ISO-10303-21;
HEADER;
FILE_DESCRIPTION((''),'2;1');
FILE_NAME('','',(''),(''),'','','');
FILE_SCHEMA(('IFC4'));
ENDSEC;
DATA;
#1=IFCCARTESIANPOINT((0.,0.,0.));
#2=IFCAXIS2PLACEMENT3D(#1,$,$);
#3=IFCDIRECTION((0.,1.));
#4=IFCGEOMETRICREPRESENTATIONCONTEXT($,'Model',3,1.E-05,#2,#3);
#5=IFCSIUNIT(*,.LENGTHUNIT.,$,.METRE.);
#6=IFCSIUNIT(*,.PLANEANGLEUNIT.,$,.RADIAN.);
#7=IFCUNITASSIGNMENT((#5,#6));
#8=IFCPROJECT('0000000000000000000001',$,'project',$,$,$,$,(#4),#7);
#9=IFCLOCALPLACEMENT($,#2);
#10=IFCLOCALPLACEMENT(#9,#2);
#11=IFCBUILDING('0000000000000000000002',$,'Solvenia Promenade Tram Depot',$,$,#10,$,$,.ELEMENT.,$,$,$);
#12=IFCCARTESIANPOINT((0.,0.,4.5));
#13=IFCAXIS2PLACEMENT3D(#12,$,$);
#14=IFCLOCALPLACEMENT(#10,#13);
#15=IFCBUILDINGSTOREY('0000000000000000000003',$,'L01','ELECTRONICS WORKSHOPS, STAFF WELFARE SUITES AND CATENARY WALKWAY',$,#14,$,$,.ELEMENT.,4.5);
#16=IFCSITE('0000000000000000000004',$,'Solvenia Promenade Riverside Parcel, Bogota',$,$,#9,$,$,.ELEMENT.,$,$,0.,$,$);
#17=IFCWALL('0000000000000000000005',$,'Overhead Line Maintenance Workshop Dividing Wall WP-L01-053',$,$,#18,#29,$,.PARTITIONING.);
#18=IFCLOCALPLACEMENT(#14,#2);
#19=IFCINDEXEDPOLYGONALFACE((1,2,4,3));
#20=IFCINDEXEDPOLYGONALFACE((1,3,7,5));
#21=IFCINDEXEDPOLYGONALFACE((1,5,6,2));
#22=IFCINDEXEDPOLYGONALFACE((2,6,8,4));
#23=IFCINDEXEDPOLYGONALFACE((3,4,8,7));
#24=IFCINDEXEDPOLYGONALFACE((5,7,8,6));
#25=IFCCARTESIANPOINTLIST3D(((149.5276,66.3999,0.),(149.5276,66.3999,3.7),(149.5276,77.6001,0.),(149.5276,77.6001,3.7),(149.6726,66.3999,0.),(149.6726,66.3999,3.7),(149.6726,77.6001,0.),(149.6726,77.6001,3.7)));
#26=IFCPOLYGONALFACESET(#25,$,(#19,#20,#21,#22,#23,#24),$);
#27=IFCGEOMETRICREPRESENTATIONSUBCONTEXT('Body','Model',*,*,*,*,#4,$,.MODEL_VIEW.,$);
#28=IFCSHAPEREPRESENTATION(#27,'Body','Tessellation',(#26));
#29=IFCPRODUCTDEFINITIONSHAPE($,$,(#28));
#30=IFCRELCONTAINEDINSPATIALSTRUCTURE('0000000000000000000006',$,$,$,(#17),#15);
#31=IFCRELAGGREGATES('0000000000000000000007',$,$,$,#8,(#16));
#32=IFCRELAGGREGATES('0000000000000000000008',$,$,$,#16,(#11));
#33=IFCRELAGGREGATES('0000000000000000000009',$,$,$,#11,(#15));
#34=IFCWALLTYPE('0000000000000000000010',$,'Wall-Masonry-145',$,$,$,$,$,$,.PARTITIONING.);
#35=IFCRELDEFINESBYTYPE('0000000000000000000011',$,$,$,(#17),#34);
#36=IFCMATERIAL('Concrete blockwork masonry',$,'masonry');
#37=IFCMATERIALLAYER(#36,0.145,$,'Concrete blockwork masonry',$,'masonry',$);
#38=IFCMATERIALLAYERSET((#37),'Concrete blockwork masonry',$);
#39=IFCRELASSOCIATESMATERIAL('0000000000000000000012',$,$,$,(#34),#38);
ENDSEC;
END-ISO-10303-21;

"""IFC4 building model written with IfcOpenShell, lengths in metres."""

from ifc_helpers import new_model, si_unit, direction, frame, frame_2d, origin, place, context, subcontext, project, spatial, rectangle, extrude, material, layer, layer_set, type_object, element, save


model = new_model("IFC4")

# Units and contexts
model_context = context("Model", 3, precision=1e-05, world=origin(), true_north=direction((0.0, 1.0)))
body_context = subcontext(model_context, "Body", "Model", "MODEL_VIEW")
ifc_project = project(units=[si_unit("LENGTHUNIT", "METRE"), si_unit("PLANEANGLEUNIT", "RADIAN")], contexts=[model_context])

# Site, building, storey
site_placement = place(None, origin())
site = spatial("IfcSite", under=ifc_project, at=site_placement, Name="Solvenia Promenade Riverside Parcel, Bogota", CompositionType="ELEMENT", RefElevation=0.0)
building_placement = place(site_placement, origin())
building = spatial("IfcBuilding", under=site, at=building_placement, Name="Solvenia Promenade Tram Depot", CompositionType="ELEMENT")
storey_placement = place(building_placement, frame((0.0, 0.0, 4.5)))
storey = spatial("IfcBuildingStorey", under=building, at=storey_placement, Name="L01", Description="ELECTRONICS WORKSHOPS, STAFF WELFARE SUITES AND CATENARY WALKWAY", CompositionType="ELEMENT", Elevation=4.5)

# Wall
ifc_material_1 = material(Name="Concrete blockwork masonry", Category="masonry")
ifc_layer_1 = layer(ifc_material_1, 0.145, Name="Concrete blockwork masonry", Category="masonry")
ifc_layer_set_1 = layer_set([ifc_layer_1], Name="Concrete blockwork masonry")
wall_type = type_object("IfcWallType", Name="Wall-Masonry-145", PredefinedType="PARTITIONING", material=ifc_layer_set_1)
wall_placement = place(storey_placement, frame((149.6001, 66.3999, 0.0), z_axis=(0.0, 0.0, 1.0), x_axis=(0.0, 1.0, 0.0)))
element("IfcWall", 1, at=wall_placement, inside=storey, type_object=wall_type, Name="Overhead Line Maintenance Workshop Dividing Wall WP-L01-053", PredefinedType="PARTITIONING", context=body_context, shape_type="SweptSolid", body=[
    extrude(rectangle(XDim=11.2002, YDim=0.145, at=frame_2d((5.6001, 0.0))), origin(), (0.0, 0.0, 1.0), 3.7),
])

save(model, "model.ifc")
